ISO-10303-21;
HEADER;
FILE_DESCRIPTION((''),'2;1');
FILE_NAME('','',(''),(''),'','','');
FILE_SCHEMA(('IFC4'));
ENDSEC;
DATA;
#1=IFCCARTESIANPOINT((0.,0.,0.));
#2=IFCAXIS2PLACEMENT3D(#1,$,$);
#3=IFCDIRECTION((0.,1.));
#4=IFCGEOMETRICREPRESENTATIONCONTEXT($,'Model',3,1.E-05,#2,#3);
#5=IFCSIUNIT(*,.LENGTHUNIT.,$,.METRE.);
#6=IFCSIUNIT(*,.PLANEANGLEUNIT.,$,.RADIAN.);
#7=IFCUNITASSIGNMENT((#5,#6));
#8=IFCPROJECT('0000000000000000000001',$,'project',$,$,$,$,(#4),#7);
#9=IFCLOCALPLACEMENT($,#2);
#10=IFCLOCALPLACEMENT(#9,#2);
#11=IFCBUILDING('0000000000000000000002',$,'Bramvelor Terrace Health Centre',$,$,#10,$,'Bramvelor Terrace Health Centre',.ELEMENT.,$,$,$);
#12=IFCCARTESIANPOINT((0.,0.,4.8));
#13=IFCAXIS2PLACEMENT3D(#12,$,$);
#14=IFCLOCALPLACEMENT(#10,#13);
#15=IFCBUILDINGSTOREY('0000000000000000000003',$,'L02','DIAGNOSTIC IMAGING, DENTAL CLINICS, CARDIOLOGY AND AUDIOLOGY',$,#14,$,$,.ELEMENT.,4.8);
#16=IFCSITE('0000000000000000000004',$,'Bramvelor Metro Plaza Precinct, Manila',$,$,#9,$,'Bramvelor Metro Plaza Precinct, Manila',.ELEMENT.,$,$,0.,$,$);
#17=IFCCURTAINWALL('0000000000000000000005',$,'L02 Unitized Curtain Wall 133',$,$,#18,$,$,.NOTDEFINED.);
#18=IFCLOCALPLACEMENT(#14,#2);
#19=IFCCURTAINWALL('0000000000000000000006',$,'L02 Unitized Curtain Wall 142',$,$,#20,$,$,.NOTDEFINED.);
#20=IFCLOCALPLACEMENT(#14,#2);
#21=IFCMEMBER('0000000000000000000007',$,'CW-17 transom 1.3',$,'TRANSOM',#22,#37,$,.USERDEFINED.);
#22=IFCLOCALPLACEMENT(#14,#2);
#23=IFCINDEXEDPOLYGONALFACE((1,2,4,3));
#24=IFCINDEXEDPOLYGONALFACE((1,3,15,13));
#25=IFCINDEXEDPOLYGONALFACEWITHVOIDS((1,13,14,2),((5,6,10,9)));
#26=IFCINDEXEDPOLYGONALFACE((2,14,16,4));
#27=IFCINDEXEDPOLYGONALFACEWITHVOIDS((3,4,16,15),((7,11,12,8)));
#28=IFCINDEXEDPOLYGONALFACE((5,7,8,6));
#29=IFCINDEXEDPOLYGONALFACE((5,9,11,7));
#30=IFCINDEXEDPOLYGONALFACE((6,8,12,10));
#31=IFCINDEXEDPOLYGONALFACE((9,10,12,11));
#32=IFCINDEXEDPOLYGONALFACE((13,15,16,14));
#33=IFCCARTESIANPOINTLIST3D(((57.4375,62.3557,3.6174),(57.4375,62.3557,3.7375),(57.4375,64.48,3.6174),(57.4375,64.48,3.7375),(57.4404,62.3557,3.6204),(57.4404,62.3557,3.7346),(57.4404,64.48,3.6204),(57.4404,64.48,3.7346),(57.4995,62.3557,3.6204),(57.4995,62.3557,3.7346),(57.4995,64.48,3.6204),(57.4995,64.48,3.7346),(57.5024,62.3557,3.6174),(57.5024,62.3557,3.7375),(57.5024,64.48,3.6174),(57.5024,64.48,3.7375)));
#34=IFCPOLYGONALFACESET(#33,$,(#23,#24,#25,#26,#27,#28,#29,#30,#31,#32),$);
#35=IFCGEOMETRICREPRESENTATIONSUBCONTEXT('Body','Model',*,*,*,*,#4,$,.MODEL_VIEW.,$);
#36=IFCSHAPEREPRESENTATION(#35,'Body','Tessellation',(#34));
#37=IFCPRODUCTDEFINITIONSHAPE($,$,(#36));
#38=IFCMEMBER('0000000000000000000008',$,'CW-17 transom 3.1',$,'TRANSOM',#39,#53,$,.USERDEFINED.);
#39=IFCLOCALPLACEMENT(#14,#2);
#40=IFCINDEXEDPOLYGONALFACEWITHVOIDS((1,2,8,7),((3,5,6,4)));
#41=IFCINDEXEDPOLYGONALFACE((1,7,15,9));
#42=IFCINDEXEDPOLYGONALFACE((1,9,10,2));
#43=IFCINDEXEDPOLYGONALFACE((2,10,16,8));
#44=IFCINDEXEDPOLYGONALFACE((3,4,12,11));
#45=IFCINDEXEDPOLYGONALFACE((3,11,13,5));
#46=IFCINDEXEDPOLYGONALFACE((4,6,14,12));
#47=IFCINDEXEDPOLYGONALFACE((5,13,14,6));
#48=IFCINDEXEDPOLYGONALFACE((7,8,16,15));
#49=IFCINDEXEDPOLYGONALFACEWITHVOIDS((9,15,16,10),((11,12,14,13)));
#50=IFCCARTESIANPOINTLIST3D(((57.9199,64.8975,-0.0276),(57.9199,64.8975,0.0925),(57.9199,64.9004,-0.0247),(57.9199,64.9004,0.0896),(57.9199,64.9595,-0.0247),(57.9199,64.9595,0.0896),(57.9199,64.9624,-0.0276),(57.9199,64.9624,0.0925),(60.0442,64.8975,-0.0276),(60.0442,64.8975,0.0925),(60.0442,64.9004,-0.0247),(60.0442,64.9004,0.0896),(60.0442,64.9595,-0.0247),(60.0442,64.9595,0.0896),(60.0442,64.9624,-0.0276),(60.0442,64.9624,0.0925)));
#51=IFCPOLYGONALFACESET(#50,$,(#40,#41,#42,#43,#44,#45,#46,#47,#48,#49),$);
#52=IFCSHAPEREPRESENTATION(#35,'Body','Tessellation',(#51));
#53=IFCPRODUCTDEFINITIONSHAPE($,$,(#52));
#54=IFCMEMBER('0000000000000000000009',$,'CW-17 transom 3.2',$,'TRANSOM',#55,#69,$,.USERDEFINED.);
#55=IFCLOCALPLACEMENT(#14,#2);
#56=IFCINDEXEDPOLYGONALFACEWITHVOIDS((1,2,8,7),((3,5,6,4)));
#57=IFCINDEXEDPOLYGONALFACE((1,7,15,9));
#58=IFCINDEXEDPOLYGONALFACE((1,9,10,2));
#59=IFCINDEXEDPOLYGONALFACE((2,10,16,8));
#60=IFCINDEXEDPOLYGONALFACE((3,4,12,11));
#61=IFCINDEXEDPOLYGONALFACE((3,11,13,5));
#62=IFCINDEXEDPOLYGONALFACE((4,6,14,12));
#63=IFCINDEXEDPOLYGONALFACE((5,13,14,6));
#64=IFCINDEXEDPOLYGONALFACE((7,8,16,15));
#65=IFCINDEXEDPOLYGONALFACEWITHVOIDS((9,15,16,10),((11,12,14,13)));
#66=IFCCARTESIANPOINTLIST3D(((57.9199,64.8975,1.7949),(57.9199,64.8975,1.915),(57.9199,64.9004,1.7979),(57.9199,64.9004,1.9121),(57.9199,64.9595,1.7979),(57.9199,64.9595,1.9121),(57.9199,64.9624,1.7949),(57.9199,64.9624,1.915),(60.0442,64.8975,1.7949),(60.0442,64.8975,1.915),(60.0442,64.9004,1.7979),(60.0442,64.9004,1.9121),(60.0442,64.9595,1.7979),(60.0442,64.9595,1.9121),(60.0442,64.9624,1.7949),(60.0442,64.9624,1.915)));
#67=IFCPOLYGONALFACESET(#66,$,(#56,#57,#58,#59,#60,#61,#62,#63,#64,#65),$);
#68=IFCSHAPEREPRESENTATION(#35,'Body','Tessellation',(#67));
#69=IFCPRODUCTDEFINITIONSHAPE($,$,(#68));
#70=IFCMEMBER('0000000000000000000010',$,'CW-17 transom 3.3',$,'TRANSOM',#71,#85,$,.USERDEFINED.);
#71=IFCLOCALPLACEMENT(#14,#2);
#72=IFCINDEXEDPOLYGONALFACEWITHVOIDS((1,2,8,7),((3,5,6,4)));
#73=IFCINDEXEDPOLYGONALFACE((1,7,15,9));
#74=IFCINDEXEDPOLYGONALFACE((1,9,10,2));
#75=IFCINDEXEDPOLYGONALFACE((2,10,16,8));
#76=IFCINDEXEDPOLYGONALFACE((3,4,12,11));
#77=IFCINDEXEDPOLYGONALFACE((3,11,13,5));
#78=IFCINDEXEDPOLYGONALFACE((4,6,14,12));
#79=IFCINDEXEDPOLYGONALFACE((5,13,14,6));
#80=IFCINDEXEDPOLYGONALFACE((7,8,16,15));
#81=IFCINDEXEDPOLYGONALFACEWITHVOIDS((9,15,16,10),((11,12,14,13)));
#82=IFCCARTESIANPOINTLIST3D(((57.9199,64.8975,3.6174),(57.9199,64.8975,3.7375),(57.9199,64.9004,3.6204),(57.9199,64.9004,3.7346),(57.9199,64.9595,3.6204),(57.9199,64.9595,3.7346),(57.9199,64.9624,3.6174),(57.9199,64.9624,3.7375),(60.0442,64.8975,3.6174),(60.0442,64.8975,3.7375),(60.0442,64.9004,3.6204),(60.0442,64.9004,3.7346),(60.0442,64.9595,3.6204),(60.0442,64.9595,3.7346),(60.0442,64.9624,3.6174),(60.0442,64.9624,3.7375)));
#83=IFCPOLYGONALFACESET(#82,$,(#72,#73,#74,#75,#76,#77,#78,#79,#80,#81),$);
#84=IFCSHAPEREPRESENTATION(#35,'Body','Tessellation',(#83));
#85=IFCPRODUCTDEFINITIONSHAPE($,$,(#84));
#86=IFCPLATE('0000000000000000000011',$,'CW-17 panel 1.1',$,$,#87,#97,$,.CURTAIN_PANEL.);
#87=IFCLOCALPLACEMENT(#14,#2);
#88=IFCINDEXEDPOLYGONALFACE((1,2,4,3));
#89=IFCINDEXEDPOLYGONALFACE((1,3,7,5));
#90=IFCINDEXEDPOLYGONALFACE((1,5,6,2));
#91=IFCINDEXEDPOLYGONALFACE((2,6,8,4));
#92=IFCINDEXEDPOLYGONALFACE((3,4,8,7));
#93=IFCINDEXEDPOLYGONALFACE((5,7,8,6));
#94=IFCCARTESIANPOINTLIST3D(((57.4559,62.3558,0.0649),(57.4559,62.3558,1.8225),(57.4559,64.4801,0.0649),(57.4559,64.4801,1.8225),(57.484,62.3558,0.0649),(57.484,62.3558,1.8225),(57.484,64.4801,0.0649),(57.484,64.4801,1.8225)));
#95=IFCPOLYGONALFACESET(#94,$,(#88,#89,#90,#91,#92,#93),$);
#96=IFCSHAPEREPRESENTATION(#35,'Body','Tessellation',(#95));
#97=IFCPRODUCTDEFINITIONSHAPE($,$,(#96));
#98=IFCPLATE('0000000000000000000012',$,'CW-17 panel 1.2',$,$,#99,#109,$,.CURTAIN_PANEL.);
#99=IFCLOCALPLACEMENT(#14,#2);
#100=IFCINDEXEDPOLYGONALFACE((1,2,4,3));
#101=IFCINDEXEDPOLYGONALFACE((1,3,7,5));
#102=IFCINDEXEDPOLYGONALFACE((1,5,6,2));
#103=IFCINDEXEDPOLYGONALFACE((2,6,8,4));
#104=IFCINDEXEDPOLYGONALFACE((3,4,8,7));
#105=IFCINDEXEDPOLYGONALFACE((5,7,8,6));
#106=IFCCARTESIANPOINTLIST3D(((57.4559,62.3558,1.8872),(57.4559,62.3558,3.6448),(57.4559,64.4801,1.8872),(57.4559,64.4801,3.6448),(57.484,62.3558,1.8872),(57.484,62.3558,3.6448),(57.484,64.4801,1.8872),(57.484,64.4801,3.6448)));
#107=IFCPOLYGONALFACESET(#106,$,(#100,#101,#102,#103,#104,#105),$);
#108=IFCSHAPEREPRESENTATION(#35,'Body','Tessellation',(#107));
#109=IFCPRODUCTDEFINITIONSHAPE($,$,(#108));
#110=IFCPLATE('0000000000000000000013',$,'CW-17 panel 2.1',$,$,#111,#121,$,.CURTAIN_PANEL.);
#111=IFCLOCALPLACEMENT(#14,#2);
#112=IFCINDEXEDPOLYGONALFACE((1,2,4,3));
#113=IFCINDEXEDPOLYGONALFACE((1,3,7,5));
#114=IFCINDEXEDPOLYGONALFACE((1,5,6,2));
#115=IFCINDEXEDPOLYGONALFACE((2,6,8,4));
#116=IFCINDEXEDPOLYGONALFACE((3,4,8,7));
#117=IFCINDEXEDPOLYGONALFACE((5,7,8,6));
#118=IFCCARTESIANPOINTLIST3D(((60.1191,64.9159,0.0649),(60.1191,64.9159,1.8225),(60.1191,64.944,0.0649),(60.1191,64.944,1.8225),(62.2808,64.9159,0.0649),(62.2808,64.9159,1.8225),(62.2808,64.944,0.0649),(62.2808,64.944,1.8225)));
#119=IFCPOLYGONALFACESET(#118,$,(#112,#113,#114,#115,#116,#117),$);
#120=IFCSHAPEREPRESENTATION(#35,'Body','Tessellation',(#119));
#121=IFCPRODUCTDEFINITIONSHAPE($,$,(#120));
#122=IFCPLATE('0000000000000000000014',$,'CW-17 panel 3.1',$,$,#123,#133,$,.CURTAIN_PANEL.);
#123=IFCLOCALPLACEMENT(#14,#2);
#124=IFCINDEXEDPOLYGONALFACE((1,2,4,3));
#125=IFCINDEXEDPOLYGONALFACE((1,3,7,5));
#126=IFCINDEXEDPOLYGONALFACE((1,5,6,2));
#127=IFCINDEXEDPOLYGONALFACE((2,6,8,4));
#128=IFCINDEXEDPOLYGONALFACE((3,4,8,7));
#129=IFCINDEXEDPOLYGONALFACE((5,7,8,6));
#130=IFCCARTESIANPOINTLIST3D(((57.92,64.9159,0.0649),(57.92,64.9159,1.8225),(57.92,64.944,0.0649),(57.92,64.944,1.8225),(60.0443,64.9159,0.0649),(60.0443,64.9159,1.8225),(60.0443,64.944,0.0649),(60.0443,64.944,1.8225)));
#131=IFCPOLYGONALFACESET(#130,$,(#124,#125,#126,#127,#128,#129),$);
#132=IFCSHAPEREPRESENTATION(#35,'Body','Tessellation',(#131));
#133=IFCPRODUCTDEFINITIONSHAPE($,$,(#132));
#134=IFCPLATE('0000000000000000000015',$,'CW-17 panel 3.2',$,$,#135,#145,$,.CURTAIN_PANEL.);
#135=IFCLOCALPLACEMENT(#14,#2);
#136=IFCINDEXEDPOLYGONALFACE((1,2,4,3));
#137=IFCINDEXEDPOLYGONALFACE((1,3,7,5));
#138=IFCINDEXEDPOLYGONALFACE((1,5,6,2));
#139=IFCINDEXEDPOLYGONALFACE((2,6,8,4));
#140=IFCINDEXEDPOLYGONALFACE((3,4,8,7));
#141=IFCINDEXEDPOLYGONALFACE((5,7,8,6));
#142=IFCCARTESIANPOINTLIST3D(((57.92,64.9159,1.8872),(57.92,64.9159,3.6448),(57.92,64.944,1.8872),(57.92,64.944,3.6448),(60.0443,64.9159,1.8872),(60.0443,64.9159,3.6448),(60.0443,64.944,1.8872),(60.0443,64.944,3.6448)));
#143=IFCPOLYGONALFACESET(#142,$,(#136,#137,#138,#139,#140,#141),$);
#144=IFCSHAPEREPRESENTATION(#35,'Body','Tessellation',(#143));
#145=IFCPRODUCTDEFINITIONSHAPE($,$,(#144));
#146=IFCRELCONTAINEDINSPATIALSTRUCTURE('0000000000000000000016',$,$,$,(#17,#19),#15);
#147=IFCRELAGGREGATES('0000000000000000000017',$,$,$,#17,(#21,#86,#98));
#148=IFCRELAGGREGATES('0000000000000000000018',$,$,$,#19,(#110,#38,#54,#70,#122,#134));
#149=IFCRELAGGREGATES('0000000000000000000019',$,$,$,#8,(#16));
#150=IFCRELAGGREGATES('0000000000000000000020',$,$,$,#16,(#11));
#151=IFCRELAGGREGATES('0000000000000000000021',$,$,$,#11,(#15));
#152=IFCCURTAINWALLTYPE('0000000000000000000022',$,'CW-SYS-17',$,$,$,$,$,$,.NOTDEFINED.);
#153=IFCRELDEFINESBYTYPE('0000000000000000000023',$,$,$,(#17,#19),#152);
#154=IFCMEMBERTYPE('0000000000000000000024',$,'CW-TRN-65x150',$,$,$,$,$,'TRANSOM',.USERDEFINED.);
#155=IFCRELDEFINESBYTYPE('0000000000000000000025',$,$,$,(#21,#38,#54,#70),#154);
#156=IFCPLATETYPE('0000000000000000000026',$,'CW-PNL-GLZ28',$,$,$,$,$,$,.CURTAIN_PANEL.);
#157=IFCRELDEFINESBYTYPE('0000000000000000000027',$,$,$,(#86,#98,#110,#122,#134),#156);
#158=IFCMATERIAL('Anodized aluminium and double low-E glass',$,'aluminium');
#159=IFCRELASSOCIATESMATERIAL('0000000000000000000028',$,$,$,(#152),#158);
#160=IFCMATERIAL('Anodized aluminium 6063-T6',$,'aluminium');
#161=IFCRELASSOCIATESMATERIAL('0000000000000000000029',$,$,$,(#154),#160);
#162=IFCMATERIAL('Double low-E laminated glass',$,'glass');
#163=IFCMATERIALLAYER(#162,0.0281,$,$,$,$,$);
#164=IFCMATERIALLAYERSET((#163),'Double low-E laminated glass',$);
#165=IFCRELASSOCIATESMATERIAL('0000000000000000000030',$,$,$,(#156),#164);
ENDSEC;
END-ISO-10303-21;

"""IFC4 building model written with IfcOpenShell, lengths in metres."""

from ifc_helpers import new_model, si_unit, direction, frame, origin, origin_2d, place, context, subcontext, project, spatial, rectangle, hollow_rectangle, extrude, material, layer, layer_set, material_profile, profile_set, type_object, element, aggregate, save


model = new_model("IFC4")

# Units and contexts
model_context = context("Model", 3, precision=1e-05, world=origin(), true_north=direction((0.0, 1.0)))
body_context = subcontext(model_context, "Body", "Model", "MODEL_VIEW")
ifc_project = project(units=[si_unit("LENGTHUNIT", "METRE"), si_unit("PLANEANGLEUNIT", "RADIAN")], contexts=[model_context])

# Site, building, storey
site_placement = place(None, origin())
site = spatial("IfcSite", under=ifc_project, at=site_placement, Name="Bramvelor Metro Plaza Precinct, Manila", LongName="Bramvelor Metro Plaza Precinct, Manila", CompositionType="ELEMENT", RefElevation=0.0)
building_placement = place(site_placement, origin())
building = spatial("IfcBuilding", under=site, at=building_placement, Name="Bramvelor Terrace Health Centre", LongName="Bramvelor Terrace Health Centre", CompositionType="ELEMENT")
storey_placement = place(building_placement, frame((0.0, 0.0, 4.8)))
storey = spatial("IfcBuildingStorey", under=building, at=storey_placement, Name="L02", Description="DIAGNOSTIC IMAGING, DENTAL CLINICS, CARDIOLOGY AND AUDIOLOGY", CompositionType="ELEMENT", Elevation=4.8)

# Curtain walls
ifc_material_1 = material(Name="Anodized aluminium and double low-E glass", Category="aluminium")
curtain_wall_type = type_object("IfcCurtainWallType", Name="CW-SYS-17", PredefinedType="NOTDEFINED", material=ifc_material_1)
curtain_wall_1_placement = place(storey_placement, origin())
curtain_wall_1 = element("IfcCurtainWall", 1, at=curtain_wall_1_placement, inside=storey, type_object=curtain_wall_type, Name="L02 Unitized Curtain Wall 133", PredefinedType="NOTDEFINED")
curtain_wall_2_placement = place(storey_placement, origin())
curtain_wall_2 = element("IfcCurtainWall", 2, at=curtain_wall_2_placement, inside=storey, type_object=curtain_wall_type, Name="L02 Unitized Curtain Wall 142", PredefinedType="NOTDEFINED")

# Members
ifc_material_2 = material(Name="Anodized aluminium 6063-T6", Category="aluminium")
ifc_material_profile_1 = material_profile(ifc_material_2, hollow_rectangle(XDim=0.0649, YDim=0.1201, WallThickness=0.0029, at=origin_2d()), Name="ALU-TRN 65x120x3.0")
ifc_profile_set_1 = profile_set([ifc_material_profile_1], Name="Anodized aluminium 6063-T6")
member_type_1 = type_object("IfcMemberType", Name="CW-TRN-65x150", ElementType="TRANSOM", PredefinedType="USERDEFINED", material=ifc_profile_set_1)
member_1_placement = place(storey_placement, frame((57.47, 64.48, 3.6775), z_axis=(0.0, -1.0, 0.0), x_axis=(1.0, 0.0, 0.0)))
member_1 = element("IfcMember", 3, at=member_1_placement, type_object=member_type_1, Name="CW-17 transom 1.3", ObjectType="TRANSOM", PredefinedType="USERDEFINED", context=body_context, shape_type="SweptSolid", body=[
    extrude(hollow_rectangle(XDim=0.0649, YDim=0.1201, WallThickness=0.0029, at=origin_2d()), origin(), (0.0, 0.0, 1.0), 2.1243),
])
member_2_placement = place(storey_placement, frame((60.0442, 64.9299, 0.0325), z_axis=(-1.0, 0.0, 0.0), x_axis=(0.0, -1.0, 0.0)))
member_2 = element("IfcMember", 4, at=member_2_placement, type_object=member_type_1, Name="CW-17 transom 3.1", ObjectType="TRANSOM", PredefinedType="USERDEFINED", context=body_context, shape_type="SweptSolid", body=[
    extrude(hollow_rectangle(XDim=0.0649, YDim=0.1201, WallThickness=0.0029, at=origin_2d()), origin(), (0.0, 0.0, 1.0), 2.1243),
])
member_3_placement = place(storey_placement, frame((60.0442, 64.9299, 1.855), z_axis=(-1.0, 0.0, 0.0), x_axis=(0.0, -1.0, 0.0)))
member_3 = element("IfcMember", 5, at=member_3_placement, type_object=member_type_1, Name="CW-17 transom 3.2", ObjectType="TRANSOM", PredefinedType="USERDEFINED", context=body_context, shape_type="SweptSolid", body=[
    extrude(hollow_rectangle(XDim=0.0649, YDim=0.1201, WallThickness=0.0029, at=origin_2d()), origin(), (0.0, 0.0, 1.0), 2.1243),
])
member_4_placement = place(storey_placement, frame((60.0442, 64.9299, 3.6775), z_axis=(-1.0, 0.0, 0.0), x_axis=(0.0, -1.0, 0.0)))
member_4 = element("IfcMember", 6, at=member_4_placement, type_object=member_type_1, Name="CW-17 transom 3.3", ObjectType="TRANSOM", PredefinedType="USERDEFINED", context=body_context, shape_type="SweptSolid", body=[
    extrude(hollow_rectangle(XDim=0.0649, YDim=0.1201, WallThickness=0.0029, at=origin_2d()), origin(), (0.0, 0.0, 1.0), 2.1243),
])

# Plates
ifc_material_3 = material(Name="Double low-E laminated glass", Category="glass")
ifc_layer = layer(ifc_material_3, 0.0281)
ifc_layer_set = layer_set([ifc_layer], Name="Double low-E laminated glass")
plate_type = type_object("IfcPlateType", Name="CW-PNL-GLZ28", PredefinedType="CURTAIN_PANEL", material=ifc_layer_set)
plate_1_placement = place(storey_placement, frame((57.47, 63.418, 0.0649), z_axis=(0.0, 0.0, 1.0), x_axis=(0.0, -1.0, 0.0)))
plate_1 = element("IfcPlate", 7, at=plate_1_placement, type_object=plate_type, Name="CW-17 panel 1.1", PredefinedType="CURTAIN_PANEL", context=body_context, shape_type="SweptSolid", body=[
    extrude(rectangle(XDim=2.1243, YDim=0.0281, at=origin_2d()), origin(), (0.0, 0.0, 1.0), 1.7576),
])
plate_2_placement = place(storey_placement, frame((57.47, 63.418, 1.8872), z_axis=(0.0, 0.0, 1.0), x_axis=(0.0, -1.0, 0.0)))
plate_2 = element("IfcPlate", 8, at=plate_2_placement, type_object=plate_type, Name="CW-17 panel 1.2", PredefinedType="CURTAIN_PANEL", context=body_context, shape_type="SweptSolid", body=[
    extrude(rectangle(XDim=2.1243, YDim=0.0281, at=origin_2d()), origin(), (0.0, 0.0, 1.0), 1.7576),
])
aggregate(curtain_wall_1, [member_1, plate_1, plate_2])
plate_3_placement = place(storey_placement, frame((61.2, 64.9299, 0.0649), z_axis=(0.0, 0.0, 1.0), x_axis=(-1.0, 0.0, 0.0)))
plate_3 = element("IfcPlate", 9, at=plate_3_placement, type_object=plate_type, Name="CW-17 panel 2.1", PredefinedType="CURTAIN_PANEL", context=body_context, shape_type="SweptSolid", body=[
    extrude(rectangle(XDim=2.1616, YDim=0.0281, at=origin_2d()), origin(), (0.0, 0.0, 1.0), 1.7576),
])
plate_4_placement = place(storey_placement, frame((58.9822, 64.9299, 0.0649), z_axis=(0.0, 0.0, 1.0), x_axis=(-1.0, 0.0, 0.0)))
plate_4 = element("IfcPlate", 10, at=plate_4_placement, type_object=plate_type, Name="CW-17 panel 3.1", PredefinedType="CURTAIN_PANEL", context=body_context, shape_type="SweptSolid", body=[
    extrude(rectangle(XDim=2.1243, YDim=0.0281, at=origin_2d()), origin(), (0.0, 0.0, 1.0), 1.7576),
])
plate_5_placement = place(storey_placement, frame((58.9822, 64.9299, 1.8872), z_axis=(0.0, 0.0, 1.0), x_axis=(-1.0, 0.0, 0.0)))
plate_5 = element("IfcPlate", 11, at=plate_5_placement, type_object=plate_type, Name="CW-17 panel 3.2", PredefinedType="CURTAIN_PANEL", context=body_context, shape_type="SweptSolid", body=[
    extrude(rectangle(XDim=2.1243, YDim=0.0281, at=origin_2d()), origin(), (0.0, 0.0, 1.0), 1.7576),
])
aggregate(curtain_wall_2, [plate_3, member_2, member_3, member_4, plate_4, plate_5])

save(model, "model.ifc")
